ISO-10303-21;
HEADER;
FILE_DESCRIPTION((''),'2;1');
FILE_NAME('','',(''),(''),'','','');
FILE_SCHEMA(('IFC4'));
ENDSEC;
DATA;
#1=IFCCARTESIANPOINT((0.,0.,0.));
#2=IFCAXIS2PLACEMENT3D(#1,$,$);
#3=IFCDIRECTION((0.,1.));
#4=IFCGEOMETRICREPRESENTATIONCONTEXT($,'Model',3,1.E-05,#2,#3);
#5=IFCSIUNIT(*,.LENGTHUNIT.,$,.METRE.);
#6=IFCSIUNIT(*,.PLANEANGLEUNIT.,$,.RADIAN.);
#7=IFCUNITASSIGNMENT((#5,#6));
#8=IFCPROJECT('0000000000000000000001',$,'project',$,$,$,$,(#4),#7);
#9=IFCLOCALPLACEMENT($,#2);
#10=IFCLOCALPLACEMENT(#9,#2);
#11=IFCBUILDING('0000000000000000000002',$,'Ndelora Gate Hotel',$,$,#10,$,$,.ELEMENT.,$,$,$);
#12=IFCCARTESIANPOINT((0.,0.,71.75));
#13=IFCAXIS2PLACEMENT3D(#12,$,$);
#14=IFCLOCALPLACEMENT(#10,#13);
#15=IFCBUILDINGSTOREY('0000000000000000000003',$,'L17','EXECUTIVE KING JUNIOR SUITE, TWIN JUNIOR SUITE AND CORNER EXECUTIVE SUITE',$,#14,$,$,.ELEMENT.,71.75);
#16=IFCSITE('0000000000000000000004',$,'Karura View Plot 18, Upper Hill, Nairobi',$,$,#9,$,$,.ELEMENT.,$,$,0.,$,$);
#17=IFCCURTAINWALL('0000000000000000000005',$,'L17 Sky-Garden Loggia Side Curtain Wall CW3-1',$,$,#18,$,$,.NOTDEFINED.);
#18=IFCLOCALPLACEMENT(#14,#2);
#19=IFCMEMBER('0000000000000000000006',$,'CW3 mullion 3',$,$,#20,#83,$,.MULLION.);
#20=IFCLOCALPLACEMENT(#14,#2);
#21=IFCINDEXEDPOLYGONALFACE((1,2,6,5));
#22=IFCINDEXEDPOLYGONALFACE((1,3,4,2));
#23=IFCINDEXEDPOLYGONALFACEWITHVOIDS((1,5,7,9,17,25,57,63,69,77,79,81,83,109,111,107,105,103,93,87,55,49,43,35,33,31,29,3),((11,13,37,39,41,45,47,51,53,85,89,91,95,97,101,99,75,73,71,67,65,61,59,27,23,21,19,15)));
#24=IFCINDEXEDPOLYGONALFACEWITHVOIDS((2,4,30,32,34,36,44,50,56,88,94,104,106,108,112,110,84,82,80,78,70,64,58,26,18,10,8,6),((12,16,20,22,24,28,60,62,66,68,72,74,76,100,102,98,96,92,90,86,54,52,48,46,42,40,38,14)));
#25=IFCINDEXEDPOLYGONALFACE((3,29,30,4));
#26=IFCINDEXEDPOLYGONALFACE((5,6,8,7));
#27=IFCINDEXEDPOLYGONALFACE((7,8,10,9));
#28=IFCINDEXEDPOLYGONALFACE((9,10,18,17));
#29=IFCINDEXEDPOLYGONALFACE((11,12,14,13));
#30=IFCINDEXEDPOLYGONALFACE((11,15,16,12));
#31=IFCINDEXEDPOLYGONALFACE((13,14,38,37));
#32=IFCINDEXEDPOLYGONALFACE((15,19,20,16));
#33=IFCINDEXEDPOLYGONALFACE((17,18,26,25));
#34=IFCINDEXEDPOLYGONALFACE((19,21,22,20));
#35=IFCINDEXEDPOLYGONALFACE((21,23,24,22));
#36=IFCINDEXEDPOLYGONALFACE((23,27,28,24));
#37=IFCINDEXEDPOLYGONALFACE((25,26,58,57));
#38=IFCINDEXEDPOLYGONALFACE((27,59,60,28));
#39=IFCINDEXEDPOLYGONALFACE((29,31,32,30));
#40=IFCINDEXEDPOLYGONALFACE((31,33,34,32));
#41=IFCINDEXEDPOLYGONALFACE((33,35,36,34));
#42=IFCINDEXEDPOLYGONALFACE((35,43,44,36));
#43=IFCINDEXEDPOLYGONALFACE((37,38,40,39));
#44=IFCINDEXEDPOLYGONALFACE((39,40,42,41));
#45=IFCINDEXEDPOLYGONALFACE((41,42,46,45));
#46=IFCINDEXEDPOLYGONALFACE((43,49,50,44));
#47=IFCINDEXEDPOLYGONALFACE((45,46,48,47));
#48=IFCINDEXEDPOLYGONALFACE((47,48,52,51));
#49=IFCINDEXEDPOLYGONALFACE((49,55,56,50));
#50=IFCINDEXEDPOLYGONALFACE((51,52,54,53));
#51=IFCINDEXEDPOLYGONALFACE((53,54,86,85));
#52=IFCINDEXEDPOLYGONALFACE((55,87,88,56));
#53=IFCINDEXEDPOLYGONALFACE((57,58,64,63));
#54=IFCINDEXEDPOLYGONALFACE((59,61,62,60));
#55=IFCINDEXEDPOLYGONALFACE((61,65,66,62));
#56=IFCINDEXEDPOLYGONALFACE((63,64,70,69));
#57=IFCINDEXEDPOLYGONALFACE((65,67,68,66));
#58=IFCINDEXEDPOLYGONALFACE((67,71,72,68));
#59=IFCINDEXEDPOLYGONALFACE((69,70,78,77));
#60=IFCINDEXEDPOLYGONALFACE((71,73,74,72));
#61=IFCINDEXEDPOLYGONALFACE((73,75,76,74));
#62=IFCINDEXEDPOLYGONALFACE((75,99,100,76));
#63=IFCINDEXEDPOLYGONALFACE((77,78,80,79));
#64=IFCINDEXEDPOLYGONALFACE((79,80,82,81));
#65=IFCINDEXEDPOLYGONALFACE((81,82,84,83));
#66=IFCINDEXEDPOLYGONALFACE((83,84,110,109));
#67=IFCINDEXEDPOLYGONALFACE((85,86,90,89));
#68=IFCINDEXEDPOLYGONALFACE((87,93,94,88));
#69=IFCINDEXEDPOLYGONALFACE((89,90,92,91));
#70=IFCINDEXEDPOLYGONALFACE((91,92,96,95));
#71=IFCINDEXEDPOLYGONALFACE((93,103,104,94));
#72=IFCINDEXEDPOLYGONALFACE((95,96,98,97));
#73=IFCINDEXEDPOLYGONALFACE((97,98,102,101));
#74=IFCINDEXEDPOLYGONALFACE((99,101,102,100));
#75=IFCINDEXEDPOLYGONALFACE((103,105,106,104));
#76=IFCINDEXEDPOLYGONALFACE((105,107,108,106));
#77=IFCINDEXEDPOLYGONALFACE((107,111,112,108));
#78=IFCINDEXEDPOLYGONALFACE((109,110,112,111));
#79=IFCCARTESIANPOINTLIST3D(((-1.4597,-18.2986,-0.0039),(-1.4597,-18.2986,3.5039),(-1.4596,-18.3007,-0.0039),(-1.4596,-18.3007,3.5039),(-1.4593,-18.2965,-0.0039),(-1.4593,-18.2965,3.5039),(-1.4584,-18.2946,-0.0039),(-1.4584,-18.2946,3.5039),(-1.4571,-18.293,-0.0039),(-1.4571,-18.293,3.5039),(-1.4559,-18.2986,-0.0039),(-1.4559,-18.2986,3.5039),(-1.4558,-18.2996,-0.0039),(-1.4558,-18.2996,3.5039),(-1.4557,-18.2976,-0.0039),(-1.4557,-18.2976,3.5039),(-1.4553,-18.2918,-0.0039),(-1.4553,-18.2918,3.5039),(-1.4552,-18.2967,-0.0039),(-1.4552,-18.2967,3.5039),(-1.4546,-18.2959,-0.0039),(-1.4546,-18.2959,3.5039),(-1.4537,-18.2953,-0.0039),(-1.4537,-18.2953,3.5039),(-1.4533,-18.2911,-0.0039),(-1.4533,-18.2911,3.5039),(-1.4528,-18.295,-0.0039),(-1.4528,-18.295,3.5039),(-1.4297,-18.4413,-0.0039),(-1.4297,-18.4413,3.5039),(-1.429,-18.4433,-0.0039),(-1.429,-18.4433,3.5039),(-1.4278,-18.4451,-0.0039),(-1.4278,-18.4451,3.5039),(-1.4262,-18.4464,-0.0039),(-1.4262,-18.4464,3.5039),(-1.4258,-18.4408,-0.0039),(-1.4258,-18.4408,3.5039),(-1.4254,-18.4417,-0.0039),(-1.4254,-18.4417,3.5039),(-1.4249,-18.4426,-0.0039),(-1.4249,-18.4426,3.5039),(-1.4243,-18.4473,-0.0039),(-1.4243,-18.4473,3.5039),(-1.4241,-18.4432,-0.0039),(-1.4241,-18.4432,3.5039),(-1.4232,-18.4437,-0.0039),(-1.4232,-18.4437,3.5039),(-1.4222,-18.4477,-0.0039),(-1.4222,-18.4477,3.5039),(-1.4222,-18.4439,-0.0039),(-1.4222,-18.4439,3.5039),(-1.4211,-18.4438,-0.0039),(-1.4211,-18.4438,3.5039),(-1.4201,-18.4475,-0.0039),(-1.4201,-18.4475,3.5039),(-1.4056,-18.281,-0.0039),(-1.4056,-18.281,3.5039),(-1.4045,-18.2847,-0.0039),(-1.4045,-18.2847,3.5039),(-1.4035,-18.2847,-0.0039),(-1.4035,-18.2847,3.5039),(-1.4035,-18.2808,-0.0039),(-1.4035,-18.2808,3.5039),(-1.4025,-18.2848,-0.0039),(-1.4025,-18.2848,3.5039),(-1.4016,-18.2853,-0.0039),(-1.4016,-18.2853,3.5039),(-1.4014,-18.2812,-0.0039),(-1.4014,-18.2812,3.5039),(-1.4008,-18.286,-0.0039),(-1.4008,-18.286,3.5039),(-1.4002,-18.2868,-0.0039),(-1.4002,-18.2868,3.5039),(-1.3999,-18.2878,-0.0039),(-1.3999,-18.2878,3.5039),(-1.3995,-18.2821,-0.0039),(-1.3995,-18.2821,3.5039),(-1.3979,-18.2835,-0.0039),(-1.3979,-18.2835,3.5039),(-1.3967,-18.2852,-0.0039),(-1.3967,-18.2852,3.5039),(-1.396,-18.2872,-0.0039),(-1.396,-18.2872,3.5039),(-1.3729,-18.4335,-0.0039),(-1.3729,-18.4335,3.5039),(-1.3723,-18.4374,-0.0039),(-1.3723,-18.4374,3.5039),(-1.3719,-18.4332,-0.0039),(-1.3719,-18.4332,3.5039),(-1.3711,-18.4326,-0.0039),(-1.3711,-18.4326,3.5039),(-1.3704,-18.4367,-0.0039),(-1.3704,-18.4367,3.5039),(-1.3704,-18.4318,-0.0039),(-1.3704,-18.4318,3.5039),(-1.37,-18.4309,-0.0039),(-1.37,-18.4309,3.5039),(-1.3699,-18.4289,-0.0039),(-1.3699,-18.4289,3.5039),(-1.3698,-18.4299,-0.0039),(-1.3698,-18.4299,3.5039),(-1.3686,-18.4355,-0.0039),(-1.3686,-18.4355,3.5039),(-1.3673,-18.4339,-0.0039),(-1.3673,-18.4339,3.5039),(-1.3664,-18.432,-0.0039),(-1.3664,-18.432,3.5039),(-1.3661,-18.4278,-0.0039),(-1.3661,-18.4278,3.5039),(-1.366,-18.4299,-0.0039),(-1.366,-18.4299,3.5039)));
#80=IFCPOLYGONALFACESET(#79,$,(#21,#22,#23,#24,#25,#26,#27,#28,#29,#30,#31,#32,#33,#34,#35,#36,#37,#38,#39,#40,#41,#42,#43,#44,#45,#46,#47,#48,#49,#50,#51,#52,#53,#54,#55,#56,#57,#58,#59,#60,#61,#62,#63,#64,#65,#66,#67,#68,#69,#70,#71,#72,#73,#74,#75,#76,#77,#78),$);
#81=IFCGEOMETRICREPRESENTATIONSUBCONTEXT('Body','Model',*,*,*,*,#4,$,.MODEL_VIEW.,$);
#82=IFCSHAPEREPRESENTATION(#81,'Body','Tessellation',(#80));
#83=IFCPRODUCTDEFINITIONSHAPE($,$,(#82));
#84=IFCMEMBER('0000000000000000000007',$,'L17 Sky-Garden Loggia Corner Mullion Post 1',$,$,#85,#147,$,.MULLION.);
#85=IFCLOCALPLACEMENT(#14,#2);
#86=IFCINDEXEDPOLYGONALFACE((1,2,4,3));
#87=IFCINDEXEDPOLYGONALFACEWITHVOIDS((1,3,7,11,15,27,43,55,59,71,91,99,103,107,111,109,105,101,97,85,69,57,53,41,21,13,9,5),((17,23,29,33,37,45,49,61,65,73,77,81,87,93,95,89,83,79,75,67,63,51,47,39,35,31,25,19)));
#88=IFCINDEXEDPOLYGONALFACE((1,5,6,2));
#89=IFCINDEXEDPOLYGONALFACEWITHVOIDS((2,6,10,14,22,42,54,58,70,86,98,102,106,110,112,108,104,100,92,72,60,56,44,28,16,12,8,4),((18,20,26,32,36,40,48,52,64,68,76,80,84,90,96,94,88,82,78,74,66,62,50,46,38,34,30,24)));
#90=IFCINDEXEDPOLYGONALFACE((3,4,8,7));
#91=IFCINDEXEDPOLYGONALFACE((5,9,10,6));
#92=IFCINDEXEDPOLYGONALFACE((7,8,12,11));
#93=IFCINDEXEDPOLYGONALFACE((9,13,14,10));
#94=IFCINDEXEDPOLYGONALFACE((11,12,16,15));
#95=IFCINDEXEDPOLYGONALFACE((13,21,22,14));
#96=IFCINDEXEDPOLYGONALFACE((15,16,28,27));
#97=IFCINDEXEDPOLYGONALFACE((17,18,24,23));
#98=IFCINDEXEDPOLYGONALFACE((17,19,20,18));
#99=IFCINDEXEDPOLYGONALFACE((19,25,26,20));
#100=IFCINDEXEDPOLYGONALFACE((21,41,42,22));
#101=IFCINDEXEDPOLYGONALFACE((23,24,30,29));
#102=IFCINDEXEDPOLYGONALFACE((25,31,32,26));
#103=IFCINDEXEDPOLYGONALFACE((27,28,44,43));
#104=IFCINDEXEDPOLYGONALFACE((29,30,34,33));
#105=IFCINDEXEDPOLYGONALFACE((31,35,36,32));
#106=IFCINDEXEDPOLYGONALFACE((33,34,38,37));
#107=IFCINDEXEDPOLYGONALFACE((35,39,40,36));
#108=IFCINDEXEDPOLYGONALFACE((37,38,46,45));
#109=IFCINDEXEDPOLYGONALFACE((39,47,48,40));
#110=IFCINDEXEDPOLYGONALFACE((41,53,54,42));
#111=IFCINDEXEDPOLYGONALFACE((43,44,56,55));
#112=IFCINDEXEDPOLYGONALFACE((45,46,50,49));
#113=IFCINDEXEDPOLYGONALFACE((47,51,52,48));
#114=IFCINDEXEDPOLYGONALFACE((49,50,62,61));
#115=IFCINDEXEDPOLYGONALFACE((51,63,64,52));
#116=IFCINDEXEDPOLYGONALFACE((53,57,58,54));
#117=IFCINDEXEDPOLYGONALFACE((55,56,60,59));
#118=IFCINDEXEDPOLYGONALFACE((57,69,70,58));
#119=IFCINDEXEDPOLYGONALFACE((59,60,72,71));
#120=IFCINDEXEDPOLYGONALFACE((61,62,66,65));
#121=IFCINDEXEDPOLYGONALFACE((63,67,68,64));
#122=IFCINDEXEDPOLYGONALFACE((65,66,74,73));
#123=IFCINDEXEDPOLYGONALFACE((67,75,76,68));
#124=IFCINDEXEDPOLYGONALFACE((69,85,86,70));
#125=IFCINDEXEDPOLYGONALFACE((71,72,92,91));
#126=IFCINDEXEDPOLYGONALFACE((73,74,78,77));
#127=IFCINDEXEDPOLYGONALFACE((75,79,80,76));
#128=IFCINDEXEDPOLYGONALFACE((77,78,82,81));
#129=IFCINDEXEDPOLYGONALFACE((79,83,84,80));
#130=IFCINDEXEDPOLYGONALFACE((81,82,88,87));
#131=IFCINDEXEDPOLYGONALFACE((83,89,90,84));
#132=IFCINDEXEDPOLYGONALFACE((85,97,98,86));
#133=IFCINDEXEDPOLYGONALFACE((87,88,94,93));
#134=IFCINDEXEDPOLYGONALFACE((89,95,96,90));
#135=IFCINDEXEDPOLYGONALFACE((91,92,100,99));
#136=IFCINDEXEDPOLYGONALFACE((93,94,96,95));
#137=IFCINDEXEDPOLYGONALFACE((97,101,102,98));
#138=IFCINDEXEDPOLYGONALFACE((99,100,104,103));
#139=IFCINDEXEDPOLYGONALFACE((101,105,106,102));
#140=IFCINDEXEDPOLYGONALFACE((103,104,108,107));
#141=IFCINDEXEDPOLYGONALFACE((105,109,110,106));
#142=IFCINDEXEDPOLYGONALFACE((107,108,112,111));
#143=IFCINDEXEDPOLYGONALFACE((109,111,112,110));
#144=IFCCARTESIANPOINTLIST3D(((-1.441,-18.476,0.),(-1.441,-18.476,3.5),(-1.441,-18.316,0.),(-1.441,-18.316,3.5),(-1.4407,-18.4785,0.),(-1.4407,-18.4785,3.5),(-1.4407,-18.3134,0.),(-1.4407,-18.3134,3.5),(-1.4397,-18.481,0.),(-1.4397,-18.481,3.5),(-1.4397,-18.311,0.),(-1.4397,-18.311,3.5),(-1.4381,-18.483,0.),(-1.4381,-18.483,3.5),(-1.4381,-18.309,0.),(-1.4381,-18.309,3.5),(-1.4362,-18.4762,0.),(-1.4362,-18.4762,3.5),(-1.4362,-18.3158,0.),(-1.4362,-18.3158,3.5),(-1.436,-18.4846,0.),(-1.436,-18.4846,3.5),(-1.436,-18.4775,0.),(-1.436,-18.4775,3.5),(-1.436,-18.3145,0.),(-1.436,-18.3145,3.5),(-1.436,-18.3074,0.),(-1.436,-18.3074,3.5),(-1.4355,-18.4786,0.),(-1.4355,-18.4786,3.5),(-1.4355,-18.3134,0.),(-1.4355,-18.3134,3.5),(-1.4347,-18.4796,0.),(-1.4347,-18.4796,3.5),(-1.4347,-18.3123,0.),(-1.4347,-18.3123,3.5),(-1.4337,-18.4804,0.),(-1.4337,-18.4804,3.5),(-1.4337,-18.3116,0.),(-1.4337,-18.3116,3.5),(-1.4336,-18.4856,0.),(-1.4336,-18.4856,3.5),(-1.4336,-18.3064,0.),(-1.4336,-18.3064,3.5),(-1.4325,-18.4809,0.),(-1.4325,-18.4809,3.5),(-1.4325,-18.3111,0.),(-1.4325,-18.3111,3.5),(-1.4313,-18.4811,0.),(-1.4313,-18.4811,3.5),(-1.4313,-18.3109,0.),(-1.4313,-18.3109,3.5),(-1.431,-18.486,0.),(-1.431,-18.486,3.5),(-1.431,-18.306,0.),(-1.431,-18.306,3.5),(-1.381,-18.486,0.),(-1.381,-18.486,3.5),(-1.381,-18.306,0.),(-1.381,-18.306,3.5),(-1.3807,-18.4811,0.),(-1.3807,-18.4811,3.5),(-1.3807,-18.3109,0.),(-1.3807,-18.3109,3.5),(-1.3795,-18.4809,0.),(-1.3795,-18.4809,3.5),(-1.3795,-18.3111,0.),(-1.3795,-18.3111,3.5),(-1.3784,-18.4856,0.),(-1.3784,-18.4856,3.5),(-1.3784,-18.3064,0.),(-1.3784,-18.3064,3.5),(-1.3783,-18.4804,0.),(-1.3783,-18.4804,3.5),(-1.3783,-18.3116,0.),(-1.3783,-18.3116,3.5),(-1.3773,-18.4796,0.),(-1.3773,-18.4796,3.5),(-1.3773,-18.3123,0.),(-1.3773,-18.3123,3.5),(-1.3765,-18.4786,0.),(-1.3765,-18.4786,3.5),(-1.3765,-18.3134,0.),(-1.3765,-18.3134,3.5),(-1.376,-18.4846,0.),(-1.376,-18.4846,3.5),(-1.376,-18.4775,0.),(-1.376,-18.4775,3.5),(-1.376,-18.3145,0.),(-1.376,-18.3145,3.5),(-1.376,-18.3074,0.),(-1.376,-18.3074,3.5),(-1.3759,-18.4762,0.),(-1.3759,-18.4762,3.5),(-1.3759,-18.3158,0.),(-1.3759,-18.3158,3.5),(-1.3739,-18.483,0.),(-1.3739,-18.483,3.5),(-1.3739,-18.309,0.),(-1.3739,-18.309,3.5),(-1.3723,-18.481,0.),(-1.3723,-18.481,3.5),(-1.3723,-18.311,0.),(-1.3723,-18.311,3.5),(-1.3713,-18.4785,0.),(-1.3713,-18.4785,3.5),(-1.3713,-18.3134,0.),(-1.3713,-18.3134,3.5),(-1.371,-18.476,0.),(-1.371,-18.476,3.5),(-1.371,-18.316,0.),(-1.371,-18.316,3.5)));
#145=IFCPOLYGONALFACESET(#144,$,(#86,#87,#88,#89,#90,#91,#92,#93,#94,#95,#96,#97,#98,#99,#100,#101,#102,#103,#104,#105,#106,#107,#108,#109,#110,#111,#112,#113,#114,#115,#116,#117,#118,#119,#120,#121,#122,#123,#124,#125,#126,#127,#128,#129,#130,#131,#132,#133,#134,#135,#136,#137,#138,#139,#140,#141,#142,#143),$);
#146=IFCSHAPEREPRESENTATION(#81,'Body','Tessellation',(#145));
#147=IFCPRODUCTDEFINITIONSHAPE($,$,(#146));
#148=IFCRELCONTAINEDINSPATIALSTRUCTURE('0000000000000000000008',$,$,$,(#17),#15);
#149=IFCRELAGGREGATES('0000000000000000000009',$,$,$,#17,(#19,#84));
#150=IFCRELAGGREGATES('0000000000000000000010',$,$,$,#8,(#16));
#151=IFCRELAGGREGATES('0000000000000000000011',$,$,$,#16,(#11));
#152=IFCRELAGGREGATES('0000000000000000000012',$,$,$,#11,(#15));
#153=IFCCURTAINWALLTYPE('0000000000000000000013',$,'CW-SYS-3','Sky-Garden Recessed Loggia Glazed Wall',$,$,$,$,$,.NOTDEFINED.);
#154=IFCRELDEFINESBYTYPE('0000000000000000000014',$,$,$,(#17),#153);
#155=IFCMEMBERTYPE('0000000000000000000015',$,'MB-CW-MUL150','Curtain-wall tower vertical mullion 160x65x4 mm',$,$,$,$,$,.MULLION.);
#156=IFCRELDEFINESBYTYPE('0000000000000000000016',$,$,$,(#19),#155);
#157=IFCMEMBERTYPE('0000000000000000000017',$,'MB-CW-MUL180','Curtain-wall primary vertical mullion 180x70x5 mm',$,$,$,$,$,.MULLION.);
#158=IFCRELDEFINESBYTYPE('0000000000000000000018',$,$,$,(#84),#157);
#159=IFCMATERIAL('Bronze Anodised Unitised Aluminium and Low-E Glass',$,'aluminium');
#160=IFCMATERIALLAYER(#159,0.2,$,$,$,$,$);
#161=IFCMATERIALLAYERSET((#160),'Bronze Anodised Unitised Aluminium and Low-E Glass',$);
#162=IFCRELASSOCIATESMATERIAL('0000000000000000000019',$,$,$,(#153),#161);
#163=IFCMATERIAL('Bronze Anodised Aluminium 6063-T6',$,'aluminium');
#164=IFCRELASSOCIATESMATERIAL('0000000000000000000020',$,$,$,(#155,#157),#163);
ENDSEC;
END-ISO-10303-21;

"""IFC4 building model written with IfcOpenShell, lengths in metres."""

from ifc_helpers import new_model, si_unit, direction, frame, origin, origin_2d, place, context, subcontext, project, spatial, hollow_rectangle, extrude, material, layer, layer_set, material_profile, profile_set, type_object, element, aggregate, save


model = new_model("IFC4")

# Units and contexts
model_context = context("Model", 3, precision=1e-05, world=origin(), true_north=direction((0.0, 1.0)))
body_context = subcontext(model_context, "Body", "Model", "MODEL_VIEW")
ifc_project = project(units=[si_unit("LENGTHUNIT", "METRE"), si_unit("PLANEANGLEUNIT", "RADIAN")], contexts=[model_context])

# Site, building, storey
site_placement = place(None, origin())
site = spatial("IfcSite", under=ifc_project, at=site_placement, Name="Karura View Plot 18, Upper Hill, Nairobi", CompositionType="ELEMENT", RefElevation=0.0)
building_placement = place(site_placement, origin())
building = spatial("IfcBuilding", under=site, at=building_placement, Name="Ndelora Gate Hotel", CompositionType="ELEMENT")
storey_placement = place(building_placement, frame((0.0, 0.0, 71.75)))
storey = spatial("IfcBuildingStorey", under=building, at=storey_placement, Name="L17", Description="EXECUTIVE KING JUNIOR SUITE, TWIN JUNIOR SUITE AND CORNER EXECUTIVE SUITE", CompositionType="ELEMENT", Elevation=71.75)

# Curtain wall, members
ifc_material_1 = material(Name="Bronze Anodised Unitised Aluminium and Low-E Glass", Category="aluminium")
ifc_layer_1 = layer(ifc_material_1, 0.2)
ifc_layer_set_1 = layer_set([ifc_layer_1], Name="Bronze Anodised Unitised Aluminium and Low-E Glass")
curtain_wall_type = type_object("IfcCurtainWallType", Name="CW-SYS-3", Description="Sky-Garden Recessed Loggia Glazed Wall", PredefinedType="NOTDEFINED", material=ifc_layer_set_1)
curtain_wall_placement = place(storey_placement, origin())
curtain_wall = element("IfcCurtainWall", 1, at=curtain_wall_placement, inside=storey, type_object=curtain_wall_type, Name="L17 Sky-Garden Loggia Side Curtain Wall CW3-1", PredefinedType="NOTDEFINED")
ifc_material_2 = material(Name="Bronze Anodised Aluminium 6063-T6", Category="aluminium")
ifc_material_profile_1 = material_profile(ifc_material_2, hollow_rectangle(XDim=0.0649, YDim=0.1599, WallThickness=0.0039, InnerFilletRadius=0.0039, OuterFilletRadius=0.0081, at=origin_2d()), Name="ALU 160x65x4")
ifc_profile_set_1 = profile_set([ifc_material_profile_1], Name="Bronze Anodised Aluminium 6063-T6")
member_type_1 = type_object("IfcMemberType", Name="MB-CW-MUL150", Description="Curtain-wall tower vertical mullion 160x65x4 mm", PredefinedType="MULLION", material=ifc_profile_set_1)
member_1_placement = place(storey_placement, frame((-1.4128, -18.3643, -0.0039), z_axis=(0.0, 0.0, 1.0), x_axis=(0.978148, 0.207911, 0.0)))
member_1 = element("IfcMember", 2, at=member_1_placement, type_object=member_type_1, Name="CW3 mullion 3", PredefinedType="MULLION", context=body_context, shape_type="SweptSolid", body=[
    extrude(hollow_rectangle(XDim=0.0649, YDim=0.1599, WallThickness=0.0039, InnerFilletRadius=0.0039, OuterFilletRadius=0.0081, at=origin_2d()), origin(), (0.0, 0.0, 1.0), 3.5078),
])
ifc_material_profile_2 = material_profile(ifc_material_2, hollow_rectangle(XDim=0.0701, YDim=0.1799, WallThickness=0.0049, InnerFilletRadius=0.0049, OuterFilletRadius=0.01, at=origin_2d()), Name="ALU 180x70x5")
ifc_profile_set_2 = profile_set([ifc_material_profile_2], Name="Bronze Anodised Aluminium 6063-T6")
member_type_2 = type_object("IfcMemberType", Name="MB-CW-MUL180", Description="Curtain-wall primary vertical mullion 180x70x5 mm", PredefinedType="MULLION", material=ifc_profile_set_2)
member_2_placement = place(storey_placement, frame((-1.406, -18.396, 0.0), z_axis=(0.0, 0.0, 1.0), x_axis=(1.0, 0.0, 0.0)))
member_2 = element("IfcMember", 3, at=member_2_placement, type_object=member_type_2, Name="L17 Sky-Garden Loggia Corner Mullion Post 1", PredefinedType="MULLION", context=body_context, shape_type="SweptSolid", body=[
    extrude(hollow_rectangle(XDim=0.0701, YDim=0.1799, WallThickness=0.0049, InnerFilletRadius=0.0049, OuterFilletRadius=0.01, at=origin_2d()), origin(), (0.0, 0.0, 1.0), 3.5),
])

aggregate(curtain_wall, [member_1, member_2])

save(model, "model.ifc")
